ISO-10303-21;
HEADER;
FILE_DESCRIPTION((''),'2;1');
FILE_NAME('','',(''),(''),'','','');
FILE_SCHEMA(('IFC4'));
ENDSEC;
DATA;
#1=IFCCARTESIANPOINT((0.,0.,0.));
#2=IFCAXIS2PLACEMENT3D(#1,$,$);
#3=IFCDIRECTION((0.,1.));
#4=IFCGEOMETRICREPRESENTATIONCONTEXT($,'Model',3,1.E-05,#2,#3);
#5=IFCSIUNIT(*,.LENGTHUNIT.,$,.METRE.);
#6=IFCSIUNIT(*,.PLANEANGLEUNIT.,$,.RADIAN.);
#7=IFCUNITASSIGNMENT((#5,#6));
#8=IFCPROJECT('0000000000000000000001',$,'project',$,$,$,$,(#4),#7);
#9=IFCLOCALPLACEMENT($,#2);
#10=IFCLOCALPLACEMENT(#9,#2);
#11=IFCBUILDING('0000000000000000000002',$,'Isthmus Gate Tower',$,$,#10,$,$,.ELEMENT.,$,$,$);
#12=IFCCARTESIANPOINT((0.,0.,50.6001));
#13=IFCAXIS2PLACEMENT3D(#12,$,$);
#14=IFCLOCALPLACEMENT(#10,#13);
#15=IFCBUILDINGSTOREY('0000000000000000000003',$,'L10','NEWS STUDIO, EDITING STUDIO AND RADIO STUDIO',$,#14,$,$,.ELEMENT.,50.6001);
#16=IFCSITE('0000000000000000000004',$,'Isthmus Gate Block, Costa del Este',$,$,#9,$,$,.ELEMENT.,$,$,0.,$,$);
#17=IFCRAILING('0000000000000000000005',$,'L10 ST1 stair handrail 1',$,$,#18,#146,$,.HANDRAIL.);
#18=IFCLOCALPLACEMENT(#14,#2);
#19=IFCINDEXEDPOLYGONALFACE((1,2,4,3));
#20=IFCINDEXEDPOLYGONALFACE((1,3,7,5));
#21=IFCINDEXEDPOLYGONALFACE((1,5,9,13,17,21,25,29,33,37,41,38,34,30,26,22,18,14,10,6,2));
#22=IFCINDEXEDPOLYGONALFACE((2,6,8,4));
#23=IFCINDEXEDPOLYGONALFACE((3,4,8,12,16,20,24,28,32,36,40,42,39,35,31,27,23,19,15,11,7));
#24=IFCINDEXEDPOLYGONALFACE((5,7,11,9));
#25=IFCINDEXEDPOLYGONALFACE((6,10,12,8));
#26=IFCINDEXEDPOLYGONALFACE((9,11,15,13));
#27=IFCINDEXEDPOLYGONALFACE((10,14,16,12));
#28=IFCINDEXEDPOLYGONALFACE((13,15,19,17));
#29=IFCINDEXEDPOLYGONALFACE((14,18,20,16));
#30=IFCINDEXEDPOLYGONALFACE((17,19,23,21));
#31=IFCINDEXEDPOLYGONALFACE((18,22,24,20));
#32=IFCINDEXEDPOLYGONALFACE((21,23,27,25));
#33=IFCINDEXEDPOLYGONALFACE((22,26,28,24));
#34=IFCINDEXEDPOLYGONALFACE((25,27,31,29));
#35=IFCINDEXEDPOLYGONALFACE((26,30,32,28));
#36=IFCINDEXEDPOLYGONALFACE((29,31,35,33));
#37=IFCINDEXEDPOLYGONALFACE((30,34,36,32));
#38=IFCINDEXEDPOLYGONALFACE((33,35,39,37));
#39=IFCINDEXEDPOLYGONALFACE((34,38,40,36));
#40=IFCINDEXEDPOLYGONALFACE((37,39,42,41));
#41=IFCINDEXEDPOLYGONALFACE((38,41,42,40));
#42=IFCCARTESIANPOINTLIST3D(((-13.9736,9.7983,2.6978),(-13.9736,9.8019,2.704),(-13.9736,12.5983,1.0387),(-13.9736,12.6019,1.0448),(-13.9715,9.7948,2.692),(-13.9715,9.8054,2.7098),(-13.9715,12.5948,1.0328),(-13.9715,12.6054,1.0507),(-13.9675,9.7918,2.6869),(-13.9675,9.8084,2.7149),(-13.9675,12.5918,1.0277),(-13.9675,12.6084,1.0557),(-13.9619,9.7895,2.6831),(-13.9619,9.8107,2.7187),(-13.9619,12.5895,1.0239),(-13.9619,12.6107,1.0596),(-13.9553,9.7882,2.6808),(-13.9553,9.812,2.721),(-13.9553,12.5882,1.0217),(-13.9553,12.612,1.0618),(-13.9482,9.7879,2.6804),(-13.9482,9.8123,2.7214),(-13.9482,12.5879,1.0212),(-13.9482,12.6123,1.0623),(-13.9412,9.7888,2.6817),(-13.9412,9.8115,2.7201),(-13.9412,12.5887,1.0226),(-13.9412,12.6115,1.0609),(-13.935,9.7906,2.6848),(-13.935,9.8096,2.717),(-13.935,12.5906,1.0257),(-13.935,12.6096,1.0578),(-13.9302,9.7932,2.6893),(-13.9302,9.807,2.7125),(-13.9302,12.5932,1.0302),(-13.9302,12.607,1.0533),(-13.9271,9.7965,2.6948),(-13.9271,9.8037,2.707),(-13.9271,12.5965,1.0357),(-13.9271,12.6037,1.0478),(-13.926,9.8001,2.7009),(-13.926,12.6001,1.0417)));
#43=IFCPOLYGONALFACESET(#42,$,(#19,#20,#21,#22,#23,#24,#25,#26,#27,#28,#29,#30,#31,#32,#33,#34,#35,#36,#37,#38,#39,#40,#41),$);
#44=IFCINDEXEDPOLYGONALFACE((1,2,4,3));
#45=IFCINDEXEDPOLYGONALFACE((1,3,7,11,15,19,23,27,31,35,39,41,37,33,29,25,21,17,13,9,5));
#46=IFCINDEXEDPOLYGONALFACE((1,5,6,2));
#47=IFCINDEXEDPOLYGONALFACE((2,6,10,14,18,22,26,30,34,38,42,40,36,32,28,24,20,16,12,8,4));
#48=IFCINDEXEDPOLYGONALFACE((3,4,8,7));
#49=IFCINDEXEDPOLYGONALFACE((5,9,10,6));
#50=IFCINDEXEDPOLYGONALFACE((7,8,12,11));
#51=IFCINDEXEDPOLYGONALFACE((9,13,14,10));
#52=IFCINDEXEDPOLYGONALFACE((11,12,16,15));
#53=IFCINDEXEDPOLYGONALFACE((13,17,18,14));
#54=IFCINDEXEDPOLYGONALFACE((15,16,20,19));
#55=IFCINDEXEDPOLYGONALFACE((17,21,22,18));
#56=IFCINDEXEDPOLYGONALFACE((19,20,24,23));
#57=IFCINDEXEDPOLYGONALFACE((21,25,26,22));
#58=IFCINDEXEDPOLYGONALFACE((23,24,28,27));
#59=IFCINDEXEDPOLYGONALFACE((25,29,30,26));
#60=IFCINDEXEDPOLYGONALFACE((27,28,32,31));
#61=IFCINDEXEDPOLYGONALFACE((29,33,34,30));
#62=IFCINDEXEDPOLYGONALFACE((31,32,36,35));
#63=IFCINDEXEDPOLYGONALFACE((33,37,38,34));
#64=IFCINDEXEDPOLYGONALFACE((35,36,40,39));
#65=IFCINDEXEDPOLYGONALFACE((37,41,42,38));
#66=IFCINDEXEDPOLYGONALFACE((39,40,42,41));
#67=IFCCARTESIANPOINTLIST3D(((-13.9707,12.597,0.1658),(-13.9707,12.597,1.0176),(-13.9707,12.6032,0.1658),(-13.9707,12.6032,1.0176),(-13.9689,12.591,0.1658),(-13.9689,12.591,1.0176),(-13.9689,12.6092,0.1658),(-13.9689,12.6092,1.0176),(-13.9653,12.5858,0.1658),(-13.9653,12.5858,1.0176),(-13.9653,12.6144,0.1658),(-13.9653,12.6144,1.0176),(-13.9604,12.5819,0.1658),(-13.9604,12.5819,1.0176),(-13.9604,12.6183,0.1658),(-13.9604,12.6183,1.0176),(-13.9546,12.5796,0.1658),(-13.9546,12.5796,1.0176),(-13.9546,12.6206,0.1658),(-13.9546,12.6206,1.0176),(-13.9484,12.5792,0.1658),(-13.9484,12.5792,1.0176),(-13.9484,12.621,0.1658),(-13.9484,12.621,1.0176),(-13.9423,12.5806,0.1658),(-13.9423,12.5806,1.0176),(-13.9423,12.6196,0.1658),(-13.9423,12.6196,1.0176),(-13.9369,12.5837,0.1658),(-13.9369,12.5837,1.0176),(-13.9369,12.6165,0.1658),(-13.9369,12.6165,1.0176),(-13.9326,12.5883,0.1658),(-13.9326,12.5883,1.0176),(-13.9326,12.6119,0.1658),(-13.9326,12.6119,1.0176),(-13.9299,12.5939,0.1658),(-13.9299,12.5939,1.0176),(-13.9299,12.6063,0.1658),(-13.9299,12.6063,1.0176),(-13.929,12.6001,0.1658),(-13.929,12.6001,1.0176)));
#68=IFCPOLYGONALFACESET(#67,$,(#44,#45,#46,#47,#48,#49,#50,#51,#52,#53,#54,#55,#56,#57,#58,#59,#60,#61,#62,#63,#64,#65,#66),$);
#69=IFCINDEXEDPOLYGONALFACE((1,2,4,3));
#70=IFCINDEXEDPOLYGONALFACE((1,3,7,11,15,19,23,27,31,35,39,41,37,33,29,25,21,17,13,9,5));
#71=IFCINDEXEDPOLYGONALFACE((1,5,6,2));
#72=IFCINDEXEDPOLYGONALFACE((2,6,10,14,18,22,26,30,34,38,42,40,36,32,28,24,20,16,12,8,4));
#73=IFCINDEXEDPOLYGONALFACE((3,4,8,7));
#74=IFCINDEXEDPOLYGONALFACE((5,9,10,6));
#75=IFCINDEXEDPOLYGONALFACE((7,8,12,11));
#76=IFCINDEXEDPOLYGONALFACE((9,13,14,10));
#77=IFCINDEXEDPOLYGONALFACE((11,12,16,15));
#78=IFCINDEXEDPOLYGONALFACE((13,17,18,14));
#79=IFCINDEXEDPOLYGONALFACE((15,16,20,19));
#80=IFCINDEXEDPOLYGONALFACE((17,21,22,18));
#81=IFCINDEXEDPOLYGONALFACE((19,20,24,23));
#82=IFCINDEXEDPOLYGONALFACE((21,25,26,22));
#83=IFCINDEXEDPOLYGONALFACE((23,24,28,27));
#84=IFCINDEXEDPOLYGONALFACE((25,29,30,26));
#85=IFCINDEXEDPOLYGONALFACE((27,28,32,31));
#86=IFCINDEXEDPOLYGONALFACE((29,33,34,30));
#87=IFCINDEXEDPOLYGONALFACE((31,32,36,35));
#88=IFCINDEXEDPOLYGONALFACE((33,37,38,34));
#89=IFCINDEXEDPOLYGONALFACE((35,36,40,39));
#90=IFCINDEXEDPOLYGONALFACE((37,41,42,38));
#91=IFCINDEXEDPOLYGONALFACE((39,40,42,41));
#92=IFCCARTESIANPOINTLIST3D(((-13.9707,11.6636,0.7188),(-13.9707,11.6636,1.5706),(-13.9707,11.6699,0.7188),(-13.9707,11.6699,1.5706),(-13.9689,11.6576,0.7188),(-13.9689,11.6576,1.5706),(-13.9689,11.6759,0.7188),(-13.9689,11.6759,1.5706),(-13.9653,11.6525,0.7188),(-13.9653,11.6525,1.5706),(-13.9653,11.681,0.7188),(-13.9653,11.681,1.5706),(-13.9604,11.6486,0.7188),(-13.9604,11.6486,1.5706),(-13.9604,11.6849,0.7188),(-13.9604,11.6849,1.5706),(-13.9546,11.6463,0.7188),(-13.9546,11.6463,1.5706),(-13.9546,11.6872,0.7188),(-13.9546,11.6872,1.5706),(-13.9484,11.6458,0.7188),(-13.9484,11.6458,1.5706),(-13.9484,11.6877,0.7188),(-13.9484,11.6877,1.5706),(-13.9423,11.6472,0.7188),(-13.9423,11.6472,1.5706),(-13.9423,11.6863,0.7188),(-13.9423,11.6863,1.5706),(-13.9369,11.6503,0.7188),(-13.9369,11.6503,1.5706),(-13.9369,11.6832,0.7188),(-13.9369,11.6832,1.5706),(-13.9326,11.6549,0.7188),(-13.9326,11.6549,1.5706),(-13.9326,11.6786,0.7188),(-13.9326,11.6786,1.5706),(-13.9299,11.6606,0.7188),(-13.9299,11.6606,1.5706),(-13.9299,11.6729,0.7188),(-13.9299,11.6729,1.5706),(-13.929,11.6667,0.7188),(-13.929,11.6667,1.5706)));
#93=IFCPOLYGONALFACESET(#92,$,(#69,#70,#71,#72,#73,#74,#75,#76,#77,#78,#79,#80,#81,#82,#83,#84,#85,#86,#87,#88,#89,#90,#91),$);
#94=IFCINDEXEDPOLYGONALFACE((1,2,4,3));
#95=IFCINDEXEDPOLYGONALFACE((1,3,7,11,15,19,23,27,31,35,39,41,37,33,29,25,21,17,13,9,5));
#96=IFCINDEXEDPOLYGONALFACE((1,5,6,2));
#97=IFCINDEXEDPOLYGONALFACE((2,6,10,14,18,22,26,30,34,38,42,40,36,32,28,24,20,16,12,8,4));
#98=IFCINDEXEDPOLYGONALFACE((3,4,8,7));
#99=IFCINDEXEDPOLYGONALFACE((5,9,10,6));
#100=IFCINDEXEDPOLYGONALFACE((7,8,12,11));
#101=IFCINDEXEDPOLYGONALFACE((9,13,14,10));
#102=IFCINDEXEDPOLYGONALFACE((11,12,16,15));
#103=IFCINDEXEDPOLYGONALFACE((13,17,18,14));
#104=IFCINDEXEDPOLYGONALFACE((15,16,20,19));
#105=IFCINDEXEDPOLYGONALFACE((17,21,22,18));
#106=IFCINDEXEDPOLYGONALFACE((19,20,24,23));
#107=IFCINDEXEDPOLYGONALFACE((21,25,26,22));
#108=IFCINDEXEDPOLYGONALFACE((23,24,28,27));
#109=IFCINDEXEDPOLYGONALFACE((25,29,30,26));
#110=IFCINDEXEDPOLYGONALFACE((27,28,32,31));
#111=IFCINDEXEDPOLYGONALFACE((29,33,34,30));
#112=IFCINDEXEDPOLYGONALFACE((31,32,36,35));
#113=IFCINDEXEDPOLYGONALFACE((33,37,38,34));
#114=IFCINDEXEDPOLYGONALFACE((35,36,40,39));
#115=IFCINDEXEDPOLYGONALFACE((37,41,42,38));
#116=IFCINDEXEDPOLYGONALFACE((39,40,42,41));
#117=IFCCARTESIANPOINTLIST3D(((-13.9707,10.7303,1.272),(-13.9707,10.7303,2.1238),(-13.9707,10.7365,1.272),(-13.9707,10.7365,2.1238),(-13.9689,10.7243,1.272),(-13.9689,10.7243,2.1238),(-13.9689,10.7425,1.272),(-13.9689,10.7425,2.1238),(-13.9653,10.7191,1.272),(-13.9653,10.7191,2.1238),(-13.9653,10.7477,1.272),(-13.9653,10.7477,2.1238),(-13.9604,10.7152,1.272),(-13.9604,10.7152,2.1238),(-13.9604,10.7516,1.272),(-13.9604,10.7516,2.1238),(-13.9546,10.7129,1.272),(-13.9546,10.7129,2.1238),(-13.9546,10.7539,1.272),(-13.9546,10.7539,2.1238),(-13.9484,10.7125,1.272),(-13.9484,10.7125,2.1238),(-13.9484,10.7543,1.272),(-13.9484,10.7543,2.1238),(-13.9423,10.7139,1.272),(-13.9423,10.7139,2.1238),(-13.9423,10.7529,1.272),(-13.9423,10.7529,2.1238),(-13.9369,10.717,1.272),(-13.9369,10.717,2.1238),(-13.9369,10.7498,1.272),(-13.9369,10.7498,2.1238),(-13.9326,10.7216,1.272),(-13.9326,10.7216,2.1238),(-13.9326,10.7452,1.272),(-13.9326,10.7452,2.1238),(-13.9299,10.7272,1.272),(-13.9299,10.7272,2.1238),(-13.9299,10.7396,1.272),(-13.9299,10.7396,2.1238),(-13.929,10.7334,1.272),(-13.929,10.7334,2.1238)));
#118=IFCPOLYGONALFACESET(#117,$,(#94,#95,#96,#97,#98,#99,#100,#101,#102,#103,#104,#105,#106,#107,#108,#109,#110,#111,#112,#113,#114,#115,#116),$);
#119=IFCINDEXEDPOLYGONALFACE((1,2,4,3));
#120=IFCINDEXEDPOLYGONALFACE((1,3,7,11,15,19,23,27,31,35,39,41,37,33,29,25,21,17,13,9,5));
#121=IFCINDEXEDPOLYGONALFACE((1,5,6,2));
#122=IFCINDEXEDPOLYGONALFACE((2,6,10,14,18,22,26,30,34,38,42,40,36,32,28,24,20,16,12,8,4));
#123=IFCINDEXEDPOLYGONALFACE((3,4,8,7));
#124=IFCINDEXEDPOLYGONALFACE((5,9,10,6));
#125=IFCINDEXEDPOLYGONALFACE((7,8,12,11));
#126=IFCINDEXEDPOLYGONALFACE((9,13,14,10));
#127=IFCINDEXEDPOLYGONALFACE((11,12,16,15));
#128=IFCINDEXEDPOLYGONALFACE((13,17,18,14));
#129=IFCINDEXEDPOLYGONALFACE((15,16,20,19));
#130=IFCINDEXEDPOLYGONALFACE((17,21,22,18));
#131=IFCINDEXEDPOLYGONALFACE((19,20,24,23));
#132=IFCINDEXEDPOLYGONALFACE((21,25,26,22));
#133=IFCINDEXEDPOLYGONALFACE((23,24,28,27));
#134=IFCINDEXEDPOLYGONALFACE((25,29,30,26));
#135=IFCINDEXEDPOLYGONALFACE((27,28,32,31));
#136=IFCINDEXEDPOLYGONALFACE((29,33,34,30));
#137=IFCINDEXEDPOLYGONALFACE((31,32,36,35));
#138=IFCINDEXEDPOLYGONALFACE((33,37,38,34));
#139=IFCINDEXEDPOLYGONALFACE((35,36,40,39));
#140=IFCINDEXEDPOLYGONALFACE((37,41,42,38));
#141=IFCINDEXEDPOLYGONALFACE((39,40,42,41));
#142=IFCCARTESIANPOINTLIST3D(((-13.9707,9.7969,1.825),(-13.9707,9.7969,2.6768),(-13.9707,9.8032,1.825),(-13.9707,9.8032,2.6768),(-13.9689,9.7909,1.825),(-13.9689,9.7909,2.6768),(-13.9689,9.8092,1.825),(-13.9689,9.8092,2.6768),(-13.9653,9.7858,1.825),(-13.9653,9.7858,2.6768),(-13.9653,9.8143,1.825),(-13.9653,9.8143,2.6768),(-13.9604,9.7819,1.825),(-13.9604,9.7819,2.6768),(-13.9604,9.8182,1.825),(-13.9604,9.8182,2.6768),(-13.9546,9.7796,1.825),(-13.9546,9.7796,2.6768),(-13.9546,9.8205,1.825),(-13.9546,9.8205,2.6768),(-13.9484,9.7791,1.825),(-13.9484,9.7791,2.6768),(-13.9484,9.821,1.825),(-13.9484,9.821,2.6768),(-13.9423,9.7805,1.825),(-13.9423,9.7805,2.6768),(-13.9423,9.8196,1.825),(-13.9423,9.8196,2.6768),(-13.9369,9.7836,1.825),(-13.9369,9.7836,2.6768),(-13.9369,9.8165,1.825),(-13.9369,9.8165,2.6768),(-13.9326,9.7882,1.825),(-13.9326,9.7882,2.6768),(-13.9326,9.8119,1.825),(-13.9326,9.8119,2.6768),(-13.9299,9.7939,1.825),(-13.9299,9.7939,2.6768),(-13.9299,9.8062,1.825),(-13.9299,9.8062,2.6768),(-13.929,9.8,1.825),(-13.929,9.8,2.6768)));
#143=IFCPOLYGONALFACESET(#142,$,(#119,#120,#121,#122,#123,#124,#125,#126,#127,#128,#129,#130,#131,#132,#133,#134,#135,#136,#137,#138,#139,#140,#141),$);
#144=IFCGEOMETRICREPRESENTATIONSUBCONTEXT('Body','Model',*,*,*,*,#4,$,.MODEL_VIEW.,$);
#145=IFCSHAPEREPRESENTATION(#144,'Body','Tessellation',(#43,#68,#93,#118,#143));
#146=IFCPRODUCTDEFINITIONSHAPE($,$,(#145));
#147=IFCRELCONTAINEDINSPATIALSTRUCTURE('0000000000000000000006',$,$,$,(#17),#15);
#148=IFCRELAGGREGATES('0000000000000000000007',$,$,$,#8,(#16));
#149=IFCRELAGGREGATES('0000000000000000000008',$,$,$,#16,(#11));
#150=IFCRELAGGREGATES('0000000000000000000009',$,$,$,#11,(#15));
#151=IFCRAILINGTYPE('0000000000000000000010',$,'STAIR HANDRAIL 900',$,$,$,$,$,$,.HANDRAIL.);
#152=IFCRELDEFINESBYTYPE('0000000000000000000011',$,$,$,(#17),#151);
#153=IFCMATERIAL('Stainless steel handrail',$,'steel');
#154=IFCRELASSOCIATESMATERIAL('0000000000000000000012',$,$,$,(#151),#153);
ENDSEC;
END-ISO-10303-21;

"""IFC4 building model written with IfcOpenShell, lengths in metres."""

from ifc_helpers import new_model, si_unit, direction, frame, origin, origin_2d, place, context, subcontext, project, spatial, circle, extrude, material, type_object, element, save


model = new_model("IFC4")

# Units and contexts
model_context = context("Model", 3, precision=1e-05, world=origin(), true_north=direction((0.0, 1.0)))
body_context = subcontext(model_context, "Body", "Model", "MODEL_VIEW")
ifc_project = project(units=[si_unit("LENGTHUNIT", "METRE"), si_unit("PLANEANGLEUNIT", "RADIAN")], contexts=[model_context])

# Site, building, storey
site_placement = place(None, origin())
site = spatial("IfcSite", under=ifc_project, at=site_placement, Name="Isthmus Gate Block, Costa del Este", CompositionType="ELEMENT", RefElevation=0.0)
building_placement = place(site_placement, origin())
building = spatial("IfcBuilding", under=site, at=building_placement, Name="Isthmus Gate Tower", CompositionType="ELEMENT")
storey_placement = place(building_placement, frame((0.0, 0.0, 50.6001)))
storey = spatial("IfcBuildingStorey", under=building, at=storey_placement, Name="L10", Description="NEWS STUDIO, EDITING STUDIO AND RADIO STUDIO", CompositionType="ELEMENT", Elevation=50.6001)

# Railing
ifc_material_1 = material(Name="Stainless steel handrail", Category="steel")
railing_type_1 = type_object("IfcRailingType", Name="STAIR HANDRAIL 900", PredefinedType="HANDRAIL", material=ifc_material_1)
for number, where, name in (
    (1, (-13.95, 12.6001, 0.1658), "L10 ST1 stair handrail 1"),
):
    element("IfcRailing", number, at=place(storey_placement, frame(where)), inside=storey, type_object=railing_type_1, Name=name, PredefinedType="HANDRAIL", context=body_context, shape_type="SweptSolid", body=[
        extrude(circle(Radius=0.0239, at=origin_2d()), frame((0.0, 0.0, 0.876), z_axis=(0.0, -0.860306, 0.509778), x_axis=(1.0, 0.0, 0.0)), (0.0, 0.0, 1.0), 3.2546),
        extrude(circle(Radius=0.021, at=origin_2d()), origin(), (0.0, 0.0, 1.0), 0.8518),
        extrude(circle(Radius=0.021, at=origin_2d()), frame((0.0, -0.9333, 0.553)), (0.0, 0.0, 1.0), 0.8518),
        extrude(circle(Radius=0.021, at=origin_2d()), frame((0.0, -1.8667, 1.1062)), (0.0, 0.0, 1.0), 0.8518),
        extrude(circle(Radius=0.021, at=origin_2d()), frame((0.0, -2.8, 1.6592)), (0.0, 0.0, 1.0), 0.8518),
    ])

save(model, "model.ifc")
